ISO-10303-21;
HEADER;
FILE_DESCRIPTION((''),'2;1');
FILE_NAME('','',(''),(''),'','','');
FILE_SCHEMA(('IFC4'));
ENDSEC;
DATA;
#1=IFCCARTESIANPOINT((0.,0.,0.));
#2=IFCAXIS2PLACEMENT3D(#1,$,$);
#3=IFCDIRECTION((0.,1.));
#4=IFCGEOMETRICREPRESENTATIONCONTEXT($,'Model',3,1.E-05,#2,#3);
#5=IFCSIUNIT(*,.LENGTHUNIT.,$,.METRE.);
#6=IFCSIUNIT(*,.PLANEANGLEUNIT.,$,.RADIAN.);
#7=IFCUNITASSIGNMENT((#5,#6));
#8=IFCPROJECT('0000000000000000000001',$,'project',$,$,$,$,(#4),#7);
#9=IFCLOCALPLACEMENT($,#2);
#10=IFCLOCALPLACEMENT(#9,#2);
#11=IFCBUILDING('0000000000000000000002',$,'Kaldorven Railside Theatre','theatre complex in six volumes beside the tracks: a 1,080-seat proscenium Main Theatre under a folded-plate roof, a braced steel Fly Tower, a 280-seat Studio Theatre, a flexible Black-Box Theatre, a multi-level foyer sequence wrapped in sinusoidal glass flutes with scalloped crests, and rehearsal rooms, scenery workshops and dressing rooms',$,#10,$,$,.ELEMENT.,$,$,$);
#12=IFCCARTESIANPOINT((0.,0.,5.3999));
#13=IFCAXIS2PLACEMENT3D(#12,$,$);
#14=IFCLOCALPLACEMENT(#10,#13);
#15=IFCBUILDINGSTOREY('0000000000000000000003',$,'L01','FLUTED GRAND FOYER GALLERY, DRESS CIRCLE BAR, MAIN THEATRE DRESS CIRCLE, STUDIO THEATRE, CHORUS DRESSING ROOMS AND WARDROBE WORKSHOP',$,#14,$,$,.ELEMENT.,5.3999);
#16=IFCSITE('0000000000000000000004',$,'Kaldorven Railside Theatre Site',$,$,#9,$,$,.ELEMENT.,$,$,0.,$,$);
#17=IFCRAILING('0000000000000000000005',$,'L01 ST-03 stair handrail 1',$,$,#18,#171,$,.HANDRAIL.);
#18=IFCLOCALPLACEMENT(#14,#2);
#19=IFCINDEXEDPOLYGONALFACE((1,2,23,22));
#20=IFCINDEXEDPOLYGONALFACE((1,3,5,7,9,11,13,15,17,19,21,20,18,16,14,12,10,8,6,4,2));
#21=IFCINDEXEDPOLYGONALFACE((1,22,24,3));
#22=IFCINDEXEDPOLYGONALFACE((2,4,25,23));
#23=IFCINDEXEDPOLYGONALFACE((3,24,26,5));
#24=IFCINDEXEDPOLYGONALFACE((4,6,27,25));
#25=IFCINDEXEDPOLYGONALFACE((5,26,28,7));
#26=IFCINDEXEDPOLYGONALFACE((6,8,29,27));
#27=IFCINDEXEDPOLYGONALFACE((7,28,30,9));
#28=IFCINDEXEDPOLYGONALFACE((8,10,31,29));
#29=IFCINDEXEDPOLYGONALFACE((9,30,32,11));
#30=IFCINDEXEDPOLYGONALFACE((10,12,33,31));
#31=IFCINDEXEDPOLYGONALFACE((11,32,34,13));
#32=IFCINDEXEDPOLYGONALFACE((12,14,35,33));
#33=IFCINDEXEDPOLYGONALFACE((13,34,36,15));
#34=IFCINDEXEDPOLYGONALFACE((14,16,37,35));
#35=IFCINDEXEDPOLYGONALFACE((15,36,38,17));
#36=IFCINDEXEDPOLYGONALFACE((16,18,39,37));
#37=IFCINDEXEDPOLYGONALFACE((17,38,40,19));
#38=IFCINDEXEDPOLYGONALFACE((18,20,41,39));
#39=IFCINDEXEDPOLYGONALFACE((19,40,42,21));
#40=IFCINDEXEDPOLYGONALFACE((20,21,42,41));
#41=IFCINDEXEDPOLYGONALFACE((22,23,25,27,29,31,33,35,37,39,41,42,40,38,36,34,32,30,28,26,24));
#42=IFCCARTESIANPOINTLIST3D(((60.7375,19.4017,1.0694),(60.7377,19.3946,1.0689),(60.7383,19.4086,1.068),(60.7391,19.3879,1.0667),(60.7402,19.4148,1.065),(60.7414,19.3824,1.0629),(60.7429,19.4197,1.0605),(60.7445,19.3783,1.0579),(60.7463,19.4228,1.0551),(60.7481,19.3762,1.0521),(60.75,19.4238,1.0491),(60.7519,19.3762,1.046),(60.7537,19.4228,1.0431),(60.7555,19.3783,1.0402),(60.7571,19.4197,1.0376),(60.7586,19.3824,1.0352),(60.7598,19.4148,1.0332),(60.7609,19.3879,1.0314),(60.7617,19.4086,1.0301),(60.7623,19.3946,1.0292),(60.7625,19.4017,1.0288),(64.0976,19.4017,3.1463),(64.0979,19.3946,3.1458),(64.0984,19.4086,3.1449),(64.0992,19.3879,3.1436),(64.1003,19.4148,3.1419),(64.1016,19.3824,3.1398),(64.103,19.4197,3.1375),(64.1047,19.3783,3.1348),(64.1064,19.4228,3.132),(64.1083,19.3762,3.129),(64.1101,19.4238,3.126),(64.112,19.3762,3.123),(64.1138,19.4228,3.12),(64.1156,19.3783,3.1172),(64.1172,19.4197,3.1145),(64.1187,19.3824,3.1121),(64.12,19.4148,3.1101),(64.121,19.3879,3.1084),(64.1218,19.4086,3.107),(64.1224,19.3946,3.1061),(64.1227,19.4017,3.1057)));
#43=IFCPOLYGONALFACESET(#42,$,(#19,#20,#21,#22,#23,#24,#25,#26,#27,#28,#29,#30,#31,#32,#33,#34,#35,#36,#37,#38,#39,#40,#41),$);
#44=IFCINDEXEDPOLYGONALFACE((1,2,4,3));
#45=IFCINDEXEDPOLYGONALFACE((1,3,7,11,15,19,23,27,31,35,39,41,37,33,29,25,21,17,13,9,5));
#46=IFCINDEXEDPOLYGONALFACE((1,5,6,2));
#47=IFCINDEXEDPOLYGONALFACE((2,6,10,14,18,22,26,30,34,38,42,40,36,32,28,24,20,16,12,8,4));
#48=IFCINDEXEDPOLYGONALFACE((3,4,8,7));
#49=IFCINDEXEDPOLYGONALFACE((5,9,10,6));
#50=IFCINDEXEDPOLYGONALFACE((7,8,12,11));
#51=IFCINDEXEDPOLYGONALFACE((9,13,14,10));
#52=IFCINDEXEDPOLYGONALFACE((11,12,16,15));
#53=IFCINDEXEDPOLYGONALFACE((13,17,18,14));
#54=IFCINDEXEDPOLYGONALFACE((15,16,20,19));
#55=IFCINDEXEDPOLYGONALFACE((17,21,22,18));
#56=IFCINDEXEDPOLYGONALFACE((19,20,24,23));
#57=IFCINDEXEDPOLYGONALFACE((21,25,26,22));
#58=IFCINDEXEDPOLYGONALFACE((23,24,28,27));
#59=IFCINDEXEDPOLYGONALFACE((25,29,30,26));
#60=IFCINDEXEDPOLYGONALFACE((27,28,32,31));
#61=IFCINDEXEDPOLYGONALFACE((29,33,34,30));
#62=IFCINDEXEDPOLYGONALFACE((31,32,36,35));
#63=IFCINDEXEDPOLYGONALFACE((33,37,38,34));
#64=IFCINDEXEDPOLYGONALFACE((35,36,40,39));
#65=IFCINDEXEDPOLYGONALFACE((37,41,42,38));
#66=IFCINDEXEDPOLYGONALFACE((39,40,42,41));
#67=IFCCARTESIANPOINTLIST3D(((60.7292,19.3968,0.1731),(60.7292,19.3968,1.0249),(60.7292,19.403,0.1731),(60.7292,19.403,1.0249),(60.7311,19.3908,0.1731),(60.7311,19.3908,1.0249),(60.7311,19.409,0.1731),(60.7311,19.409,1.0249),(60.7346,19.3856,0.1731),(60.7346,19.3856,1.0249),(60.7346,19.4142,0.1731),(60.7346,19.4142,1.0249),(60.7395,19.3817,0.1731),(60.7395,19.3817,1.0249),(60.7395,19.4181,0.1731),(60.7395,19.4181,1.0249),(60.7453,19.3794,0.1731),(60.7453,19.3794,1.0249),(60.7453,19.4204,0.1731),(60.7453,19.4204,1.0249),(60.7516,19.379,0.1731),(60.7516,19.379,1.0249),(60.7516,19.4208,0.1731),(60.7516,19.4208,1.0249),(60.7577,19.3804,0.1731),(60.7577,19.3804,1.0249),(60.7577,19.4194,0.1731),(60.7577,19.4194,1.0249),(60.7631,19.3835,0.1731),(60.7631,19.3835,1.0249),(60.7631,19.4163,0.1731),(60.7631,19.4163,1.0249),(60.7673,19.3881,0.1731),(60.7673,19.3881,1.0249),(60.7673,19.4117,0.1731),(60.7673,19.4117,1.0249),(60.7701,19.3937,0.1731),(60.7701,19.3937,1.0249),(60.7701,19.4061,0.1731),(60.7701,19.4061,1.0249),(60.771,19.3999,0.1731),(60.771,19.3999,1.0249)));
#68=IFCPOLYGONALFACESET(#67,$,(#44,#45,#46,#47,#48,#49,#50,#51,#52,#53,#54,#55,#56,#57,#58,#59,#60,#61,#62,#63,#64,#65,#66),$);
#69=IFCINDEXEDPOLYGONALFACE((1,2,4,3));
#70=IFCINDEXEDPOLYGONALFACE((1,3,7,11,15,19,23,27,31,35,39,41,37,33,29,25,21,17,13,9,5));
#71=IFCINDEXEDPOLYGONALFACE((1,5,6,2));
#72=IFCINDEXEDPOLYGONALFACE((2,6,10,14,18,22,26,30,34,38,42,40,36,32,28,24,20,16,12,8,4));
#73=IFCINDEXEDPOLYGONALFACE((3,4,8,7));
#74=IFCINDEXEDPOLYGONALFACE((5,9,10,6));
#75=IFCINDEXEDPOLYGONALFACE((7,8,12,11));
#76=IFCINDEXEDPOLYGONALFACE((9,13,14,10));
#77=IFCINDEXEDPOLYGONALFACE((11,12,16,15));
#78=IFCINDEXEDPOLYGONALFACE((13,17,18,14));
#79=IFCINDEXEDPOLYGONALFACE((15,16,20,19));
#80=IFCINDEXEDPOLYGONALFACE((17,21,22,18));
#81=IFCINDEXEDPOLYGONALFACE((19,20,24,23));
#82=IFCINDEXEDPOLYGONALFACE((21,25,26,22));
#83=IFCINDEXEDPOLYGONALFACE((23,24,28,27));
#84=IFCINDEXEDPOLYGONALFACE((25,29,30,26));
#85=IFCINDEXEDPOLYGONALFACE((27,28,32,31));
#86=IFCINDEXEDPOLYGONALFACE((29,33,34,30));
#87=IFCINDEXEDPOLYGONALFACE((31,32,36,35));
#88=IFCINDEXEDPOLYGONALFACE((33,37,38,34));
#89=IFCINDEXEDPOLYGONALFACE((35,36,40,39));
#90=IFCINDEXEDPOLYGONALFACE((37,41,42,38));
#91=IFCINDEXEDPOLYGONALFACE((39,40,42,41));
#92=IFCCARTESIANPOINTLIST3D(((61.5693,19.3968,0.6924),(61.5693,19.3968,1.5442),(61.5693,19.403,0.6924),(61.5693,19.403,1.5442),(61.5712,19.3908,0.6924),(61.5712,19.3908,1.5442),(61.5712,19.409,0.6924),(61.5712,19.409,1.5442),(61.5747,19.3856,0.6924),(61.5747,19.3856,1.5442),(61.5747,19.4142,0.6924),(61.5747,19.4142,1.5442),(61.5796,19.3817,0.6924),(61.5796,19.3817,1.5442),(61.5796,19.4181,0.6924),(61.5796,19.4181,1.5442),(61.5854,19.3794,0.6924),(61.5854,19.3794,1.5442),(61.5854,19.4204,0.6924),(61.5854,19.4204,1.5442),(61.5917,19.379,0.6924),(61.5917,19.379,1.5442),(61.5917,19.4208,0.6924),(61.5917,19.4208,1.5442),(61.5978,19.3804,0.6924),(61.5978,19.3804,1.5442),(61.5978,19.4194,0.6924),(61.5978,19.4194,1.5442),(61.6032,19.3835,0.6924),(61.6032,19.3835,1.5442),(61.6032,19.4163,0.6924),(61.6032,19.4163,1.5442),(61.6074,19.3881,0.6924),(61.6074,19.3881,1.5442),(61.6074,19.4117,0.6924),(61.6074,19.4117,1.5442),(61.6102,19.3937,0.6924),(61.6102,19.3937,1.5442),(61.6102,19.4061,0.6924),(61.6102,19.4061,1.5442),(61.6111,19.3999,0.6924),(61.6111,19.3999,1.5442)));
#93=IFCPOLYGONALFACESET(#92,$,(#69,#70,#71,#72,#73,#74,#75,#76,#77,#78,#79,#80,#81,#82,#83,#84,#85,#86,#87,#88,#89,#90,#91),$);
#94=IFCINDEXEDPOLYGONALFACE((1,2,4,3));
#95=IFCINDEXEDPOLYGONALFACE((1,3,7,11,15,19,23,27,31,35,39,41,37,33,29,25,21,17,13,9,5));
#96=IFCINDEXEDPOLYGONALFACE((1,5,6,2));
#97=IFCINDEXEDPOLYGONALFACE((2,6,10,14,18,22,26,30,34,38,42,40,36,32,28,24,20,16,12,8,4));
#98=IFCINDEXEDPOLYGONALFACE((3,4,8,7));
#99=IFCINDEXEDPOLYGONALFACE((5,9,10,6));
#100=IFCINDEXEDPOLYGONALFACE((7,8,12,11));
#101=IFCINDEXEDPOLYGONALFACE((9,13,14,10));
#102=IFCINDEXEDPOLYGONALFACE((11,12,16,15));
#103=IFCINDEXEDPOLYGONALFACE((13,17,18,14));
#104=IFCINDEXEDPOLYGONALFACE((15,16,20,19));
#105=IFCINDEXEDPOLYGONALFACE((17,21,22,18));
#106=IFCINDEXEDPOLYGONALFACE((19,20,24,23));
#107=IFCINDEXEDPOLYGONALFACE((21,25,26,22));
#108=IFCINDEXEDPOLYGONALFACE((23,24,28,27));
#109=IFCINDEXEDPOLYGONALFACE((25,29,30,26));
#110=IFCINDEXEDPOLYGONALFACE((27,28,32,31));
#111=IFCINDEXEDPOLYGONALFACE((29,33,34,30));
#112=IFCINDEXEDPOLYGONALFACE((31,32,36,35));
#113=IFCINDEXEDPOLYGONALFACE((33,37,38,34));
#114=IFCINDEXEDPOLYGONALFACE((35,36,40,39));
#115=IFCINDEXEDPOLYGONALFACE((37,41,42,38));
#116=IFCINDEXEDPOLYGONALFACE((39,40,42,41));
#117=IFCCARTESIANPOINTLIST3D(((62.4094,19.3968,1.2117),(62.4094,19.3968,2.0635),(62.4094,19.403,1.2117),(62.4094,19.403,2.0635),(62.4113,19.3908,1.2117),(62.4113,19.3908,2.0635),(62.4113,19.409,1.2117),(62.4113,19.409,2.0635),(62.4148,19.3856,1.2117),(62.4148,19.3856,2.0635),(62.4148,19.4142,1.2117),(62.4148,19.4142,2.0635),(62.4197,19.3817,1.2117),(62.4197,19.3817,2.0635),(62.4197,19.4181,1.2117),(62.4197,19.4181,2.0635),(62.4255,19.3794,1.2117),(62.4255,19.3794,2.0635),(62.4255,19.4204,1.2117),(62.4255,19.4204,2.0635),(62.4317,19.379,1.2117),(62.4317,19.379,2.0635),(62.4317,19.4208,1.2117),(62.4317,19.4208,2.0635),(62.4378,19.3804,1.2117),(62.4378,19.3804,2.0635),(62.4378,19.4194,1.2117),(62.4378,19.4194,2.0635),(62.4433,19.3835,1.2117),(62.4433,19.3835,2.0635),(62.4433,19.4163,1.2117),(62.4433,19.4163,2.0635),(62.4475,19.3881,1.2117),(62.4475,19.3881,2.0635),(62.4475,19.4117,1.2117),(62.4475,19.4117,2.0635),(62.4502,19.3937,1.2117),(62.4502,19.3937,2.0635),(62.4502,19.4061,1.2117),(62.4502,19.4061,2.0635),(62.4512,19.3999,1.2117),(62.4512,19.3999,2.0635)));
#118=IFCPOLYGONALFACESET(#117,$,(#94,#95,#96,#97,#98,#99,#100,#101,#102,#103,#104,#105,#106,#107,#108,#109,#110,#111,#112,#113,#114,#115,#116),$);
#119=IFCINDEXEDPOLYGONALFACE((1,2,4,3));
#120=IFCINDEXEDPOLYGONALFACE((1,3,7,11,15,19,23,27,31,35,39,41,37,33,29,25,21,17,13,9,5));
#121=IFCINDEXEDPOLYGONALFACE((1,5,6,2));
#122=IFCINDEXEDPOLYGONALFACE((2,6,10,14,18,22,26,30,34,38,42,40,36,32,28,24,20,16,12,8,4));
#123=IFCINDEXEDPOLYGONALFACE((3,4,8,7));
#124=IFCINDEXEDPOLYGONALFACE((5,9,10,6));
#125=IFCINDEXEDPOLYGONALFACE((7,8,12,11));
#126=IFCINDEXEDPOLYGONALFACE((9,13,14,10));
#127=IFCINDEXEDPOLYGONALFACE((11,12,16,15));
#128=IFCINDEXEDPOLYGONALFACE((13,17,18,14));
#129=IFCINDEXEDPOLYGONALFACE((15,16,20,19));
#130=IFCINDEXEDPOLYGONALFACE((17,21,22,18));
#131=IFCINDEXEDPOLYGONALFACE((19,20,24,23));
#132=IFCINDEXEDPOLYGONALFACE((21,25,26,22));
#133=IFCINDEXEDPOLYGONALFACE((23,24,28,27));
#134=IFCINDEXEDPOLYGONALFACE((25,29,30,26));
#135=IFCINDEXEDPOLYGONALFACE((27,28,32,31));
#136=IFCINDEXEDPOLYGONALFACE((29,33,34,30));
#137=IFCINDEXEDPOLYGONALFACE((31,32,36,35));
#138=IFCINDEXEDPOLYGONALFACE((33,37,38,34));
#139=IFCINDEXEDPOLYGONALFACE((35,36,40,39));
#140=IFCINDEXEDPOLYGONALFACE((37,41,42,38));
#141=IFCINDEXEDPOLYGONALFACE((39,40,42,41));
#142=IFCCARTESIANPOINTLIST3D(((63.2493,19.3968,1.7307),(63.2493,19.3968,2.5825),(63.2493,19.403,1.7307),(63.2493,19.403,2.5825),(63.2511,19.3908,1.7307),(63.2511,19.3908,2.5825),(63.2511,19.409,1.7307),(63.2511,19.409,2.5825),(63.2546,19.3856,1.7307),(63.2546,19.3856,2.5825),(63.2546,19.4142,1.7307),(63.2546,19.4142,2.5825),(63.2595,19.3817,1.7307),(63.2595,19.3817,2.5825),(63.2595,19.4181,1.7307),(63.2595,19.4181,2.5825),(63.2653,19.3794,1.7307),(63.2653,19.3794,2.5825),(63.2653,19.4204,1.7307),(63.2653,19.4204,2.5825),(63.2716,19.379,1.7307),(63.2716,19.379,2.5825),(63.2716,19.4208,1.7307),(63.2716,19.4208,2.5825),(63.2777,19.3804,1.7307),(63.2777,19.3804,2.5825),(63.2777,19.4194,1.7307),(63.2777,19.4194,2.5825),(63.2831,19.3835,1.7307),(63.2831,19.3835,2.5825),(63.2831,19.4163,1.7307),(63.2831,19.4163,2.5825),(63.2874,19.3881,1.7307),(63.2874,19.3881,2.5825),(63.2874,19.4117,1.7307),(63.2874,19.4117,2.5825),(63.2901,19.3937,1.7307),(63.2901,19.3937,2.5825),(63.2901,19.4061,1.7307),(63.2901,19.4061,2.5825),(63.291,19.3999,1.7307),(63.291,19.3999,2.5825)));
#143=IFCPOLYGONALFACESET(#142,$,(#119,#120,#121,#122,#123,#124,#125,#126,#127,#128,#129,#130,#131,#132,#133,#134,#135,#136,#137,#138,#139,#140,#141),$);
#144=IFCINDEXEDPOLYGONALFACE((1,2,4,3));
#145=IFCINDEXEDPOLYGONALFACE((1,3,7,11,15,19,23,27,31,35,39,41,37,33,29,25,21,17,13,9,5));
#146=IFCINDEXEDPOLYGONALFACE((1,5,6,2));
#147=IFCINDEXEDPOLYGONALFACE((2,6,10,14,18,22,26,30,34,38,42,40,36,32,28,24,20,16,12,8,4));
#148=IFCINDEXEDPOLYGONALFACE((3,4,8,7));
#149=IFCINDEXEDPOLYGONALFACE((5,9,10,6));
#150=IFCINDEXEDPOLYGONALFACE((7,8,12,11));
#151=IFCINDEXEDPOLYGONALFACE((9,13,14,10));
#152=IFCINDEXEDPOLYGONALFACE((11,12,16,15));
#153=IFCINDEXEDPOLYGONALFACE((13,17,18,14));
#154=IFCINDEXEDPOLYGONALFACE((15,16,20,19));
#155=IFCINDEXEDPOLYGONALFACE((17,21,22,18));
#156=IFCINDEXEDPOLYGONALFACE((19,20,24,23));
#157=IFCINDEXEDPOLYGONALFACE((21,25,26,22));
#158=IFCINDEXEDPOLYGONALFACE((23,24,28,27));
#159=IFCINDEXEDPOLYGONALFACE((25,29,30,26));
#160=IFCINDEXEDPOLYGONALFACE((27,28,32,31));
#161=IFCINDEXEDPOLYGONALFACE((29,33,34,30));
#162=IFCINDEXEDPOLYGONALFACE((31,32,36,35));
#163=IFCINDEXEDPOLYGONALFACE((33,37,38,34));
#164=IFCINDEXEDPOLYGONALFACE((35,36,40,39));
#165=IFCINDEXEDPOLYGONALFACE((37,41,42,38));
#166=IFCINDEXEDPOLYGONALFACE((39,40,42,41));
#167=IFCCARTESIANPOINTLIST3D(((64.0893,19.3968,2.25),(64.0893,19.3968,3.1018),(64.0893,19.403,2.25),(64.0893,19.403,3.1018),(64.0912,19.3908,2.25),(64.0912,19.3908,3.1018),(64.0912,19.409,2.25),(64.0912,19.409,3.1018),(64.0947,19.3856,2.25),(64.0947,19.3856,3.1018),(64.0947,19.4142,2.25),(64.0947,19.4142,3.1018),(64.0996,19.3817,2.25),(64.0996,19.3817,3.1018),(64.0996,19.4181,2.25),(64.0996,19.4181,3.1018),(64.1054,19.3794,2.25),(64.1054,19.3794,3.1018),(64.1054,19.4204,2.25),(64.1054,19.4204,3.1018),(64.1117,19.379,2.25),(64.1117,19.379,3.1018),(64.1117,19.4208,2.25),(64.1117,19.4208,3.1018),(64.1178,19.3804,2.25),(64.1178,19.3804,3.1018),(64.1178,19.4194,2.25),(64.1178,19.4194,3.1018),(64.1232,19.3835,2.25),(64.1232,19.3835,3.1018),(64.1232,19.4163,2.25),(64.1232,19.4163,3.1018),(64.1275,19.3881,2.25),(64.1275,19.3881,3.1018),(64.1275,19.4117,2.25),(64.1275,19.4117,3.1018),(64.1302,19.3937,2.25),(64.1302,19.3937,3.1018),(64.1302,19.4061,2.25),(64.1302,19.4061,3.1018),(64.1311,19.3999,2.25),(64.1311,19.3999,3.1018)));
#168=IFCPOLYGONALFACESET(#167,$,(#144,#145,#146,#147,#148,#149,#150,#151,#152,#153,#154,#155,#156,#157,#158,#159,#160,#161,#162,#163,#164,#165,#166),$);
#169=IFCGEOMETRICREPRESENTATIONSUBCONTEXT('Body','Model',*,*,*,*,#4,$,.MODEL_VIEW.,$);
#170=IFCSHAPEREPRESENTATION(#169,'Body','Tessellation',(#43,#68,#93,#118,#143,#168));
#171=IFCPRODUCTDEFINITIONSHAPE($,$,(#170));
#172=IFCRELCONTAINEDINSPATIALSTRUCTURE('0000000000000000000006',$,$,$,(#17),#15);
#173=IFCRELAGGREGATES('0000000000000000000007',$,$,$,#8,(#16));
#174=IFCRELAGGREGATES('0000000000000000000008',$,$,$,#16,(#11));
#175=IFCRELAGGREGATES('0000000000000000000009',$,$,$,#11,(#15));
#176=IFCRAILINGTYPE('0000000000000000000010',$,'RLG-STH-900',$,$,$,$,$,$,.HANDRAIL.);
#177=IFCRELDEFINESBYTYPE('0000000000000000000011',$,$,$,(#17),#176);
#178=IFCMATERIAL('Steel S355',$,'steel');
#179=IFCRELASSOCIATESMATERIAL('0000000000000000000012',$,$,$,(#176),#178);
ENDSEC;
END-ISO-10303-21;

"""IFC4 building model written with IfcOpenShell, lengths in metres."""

from ifc_helpers import new_model, si_unit, direction, frame, origin, origin_2d, place, context, subcontext, project, spatial, circle, extrude, material, type_object, element, save


model = new_model("IFC4")

# Units and contexts
model_context = context("Model", 3, precision=1e-05, world=origin(), true_north=direction((0.0, 1.0)))
body_context = subcontext(model_context, "Body", "Model", "MODEL_VIEW")
ifc_project = project(units=[si_unit("LENGTHUNIT", "METRE"), si_unit("PLANEANGLEUNIT", "RADIAN")], contexts=[model_context])

# Site, building, storey
site_placement = place(None, origin())
site = spatial("IfcSite", under=ifc_project, at=site_placement, Name="Kaldorven Railside Theatre Site", CompositionType="ELEMENT", RefElevation=0.0)
building_placement = place(site_placement, origin())
building = spatial("IfcBuilding", under=site, at=building_placement, Name="Kaldorven Railside Theatre", Description="theatre complex in six volumes beside the tracks: a 1,080-seat proscenium Main Theatre under a folded-plate roof, a braced steel Fly Tower, a 280-seat Studio Theatre, a flexible Black-Box Theatre, a multi-level foyer sequence wrapped in sinusoidal glass flutes with scalloped crests, and rehearsal rooms, scenery workshops and dressing rooms", CompositionType="ELEMENT")
storey_placement = place(building_placement, frame((0.0, 0.0, 5.3999)))
storey = spatial("IfcBuildingStorey", under=building, at=storey_placement, Name="L01", Description="FLUTED GRAND FOYER GALLERY, DRESS CIRCLE BAR, MAIN THEATRE DRESS CIRCLE, STUDIO THEATRE, CHORUS DRESSING ROOMS AND WARDROBE WORKSHOP", CompositionType="ELEMENT", Elevation=5.3999)

# Shared definitions
ifc_material_1 = material(Name="Steel S355", Category="steel")

# Railing
railing_type_1 = type_object("IfcRailingType", Name="RLG-STH-900", PredefinedType="HANDRAIL", material=ifc_material_1)
railing_1_placement = place(storey_placement, frame((60.75, 19.3999, 0.1731)))
element("IfcRailing", 1, at=railing_1_placement, inside=storey, type_object=railing_type_1, Name="L01 ST-03 stair handrail 1", PredefinedType="HANDRAIL", context=body_context, shape_type="SweptSolid", body=[
    extrude(circle(Radius=0.0239, at=origin_2d()), frame((0.0, 0.0, 0.876), z_axis=(0.850623, 0.0, 0.525776), x_axis=(0.0, 1.0, 0.0)), (0.0, 0.0, 1.0), 3.9502),
    extrude(circle(Radius=0.021, at=origin_2d()), origin(), (0.0, 0.0, 1.0), 0.8518),
    extrude(circle(Radius=0.021, at=origin_2d()), frame((0.8401, 0.0, 0.5193)), (0.0, 0.0, 1.0), 0.8518),
    extrude(circle(Radius=0.021, at=origin_2d()), frame((1.6802, 0.0, 1.0386)), (0.0, 0.0, 1.0), 0.8518),
    extrude(circle(Radius=0.021, at=origin_2d()), frame((2.52, 0.0, 1.5576)), (0.0, 0.0, 1.0), 0.8518),
    extrude(circle(Radius=0.021, at=origin_2d()), frame((3.3601, 0.0, 2.0769)), (0.0, 0.0, 1.0), 0.8518),
])

save(model, "model.ifc")
